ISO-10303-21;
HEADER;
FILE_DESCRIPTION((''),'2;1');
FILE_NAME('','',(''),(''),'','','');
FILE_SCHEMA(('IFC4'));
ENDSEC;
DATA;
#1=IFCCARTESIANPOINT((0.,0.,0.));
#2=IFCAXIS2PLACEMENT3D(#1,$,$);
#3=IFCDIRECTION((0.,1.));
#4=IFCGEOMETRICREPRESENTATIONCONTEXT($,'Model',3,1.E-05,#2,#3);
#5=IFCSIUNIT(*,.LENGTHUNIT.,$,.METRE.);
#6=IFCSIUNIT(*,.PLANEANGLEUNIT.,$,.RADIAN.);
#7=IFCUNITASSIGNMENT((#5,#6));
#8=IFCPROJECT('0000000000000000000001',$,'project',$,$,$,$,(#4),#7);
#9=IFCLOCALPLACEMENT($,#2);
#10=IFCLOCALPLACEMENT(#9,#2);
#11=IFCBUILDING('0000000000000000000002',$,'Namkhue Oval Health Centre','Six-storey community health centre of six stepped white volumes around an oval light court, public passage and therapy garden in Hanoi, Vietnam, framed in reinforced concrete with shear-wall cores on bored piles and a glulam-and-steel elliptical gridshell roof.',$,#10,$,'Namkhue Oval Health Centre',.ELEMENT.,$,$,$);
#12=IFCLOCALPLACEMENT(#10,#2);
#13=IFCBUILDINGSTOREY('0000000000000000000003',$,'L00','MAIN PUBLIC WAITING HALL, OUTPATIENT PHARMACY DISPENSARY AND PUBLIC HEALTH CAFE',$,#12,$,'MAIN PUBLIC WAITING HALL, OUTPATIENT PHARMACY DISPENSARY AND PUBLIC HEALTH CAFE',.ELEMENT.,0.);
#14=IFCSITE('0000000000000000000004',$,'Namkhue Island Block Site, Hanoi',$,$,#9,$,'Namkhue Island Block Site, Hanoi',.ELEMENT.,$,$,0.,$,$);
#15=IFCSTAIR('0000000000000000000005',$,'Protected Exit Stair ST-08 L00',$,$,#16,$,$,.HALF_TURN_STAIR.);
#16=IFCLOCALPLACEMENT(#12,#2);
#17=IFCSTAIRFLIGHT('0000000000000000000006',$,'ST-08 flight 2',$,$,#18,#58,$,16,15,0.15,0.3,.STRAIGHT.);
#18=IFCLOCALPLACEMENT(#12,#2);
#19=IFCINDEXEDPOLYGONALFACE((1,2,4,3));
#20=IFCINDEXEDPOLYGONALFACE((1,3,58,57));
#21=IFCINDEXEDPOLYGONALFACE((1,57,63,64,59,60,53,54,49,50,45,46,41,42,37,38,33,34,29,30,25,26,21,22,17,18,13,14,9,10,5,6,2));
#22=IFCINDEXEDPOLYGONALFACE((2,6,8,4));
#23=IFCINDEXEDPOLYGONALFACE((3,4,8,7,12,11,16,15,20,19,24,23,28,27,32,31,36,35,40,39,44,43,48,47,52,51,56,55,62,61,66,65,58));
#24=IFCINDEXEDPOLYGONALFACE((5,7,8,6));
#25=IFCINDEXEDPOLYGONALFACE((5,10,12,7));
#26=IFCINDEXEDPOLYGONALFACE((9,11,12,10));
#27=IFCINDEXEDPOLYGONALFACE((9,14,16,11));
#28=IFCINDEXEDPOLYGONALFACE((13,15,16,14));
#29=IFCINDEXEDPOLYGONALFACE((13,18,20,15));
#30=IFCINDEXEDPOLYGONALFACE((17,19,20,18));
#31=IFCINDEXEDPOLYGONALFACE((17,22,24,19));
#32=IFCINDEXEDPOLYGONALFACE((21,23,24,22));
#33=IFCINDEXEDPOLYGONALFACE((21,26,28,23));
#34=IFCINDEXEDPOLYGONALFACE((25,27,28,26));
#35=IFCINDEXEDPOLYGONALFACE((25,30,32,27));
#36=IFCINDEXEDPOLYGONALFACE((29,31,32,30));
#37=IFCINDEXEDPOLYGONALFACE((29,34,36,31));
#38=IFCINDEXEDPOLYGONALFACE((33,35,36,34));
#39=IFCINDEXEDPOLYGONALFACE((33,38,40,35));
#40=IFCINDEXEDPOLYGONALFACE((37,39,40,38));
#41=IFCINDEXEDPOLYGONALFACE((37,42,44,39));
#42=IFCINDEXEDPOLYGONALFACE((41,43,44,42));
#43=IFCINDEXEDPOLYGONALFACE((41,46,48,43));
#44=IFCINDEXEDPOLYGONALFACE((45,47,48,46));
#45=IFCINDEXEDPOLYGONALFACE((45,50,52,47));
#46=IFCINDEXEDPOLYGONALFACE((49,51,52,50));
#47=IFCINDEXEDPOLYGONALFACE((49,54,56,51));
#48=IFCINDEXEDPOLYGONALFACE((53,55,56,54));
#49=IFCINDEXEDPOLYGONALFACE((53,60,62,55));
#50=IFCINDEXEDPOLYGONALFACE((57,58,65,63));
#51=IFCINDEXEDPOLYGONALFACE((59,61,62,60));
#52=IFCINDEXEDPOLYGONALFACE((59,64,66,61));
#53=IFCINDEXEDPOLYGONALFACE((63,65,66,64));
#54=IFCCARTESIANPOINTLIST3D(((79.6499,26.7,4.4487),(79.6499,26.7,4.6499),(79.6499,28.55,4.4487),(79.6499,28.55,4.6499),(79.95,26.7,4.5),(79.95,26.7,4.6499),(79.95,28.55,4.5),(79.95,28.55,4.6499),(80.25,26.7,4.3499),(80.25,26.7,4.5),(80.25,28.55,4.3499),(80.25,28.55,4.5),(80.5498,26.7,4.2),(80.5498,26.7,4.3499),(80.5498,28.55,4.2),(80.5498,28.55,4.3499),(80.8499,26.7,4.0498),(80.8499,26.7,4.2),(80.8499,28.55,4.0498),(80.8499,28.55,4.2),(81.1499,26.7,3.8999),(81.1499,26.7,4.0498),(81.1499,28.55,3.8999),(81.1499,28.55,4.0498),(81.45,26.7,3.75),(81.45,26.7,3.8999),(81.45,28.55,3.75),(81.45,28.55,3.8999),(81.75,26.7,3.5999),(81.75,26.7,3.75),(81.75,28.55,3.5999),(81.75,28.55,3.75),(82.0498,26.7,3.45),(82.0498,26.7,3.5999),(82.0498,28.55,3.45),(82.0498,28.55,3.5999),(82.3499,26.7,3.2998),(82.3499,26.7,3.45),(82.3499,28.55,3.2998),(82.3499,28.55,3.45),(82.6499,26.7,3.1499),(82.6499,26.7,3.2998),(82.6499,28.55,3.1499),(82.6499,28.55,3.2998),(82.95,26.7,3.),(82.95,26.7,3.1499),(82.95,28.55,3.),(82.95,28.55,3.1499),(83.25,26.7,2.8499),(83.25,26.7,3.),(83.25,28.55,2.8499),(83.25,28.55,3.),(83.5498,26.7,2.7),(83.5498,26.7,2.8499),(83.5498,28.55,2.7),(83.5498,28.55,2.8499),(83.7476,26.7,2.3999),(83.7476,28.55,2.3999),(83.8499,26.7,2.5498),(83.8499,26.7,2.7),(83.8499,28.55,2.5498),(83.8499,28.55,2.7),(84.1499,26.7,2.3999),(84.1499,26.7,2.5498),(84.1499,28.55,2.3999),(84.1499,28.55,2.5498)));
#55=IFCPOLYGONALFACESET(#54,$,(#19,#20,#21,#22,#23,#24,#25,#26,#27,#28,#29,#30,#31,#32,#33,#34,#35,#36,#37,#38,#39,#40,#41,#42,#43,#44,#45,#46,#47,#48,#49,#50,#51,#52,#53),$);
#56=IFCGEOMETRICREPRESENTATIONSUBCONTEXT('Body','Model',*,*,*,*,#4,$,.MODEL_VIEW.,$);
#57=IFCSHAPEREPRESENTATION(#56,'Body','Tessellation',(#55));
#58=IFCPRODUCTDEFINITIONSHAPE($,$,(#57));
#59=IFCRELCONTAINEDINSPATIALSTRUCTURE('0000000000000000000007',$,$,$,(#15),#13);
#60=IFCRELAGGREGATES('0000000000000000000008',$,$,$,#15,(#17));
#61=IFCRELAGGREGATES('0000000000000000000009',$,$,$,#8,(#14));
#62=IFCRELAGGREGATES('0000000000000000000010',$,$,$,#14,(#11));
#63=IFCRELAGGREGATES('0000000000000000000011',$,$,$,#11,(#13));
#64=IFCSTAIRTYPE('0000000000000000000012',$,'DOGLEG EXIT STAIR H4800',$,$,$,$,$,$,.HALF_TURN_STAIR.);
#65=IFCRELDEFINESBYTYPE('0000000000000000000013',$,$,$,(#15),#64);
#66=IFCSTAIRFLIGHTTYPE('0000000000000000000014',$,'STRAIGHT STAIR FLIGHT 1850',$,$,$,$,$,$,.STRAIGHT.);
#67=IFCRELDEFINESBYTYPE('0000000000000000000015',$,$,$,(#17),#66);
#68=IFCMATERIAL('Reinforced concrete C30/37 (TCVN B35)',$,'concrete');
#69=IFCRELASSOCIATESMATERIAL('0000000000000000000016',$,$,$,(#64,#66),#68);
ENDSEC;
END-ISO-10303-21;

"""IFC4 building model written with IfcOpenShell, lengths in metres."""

from ifc_helpers import new_model, si_unit, direction, frame, origin, place, context, subcontext, project, spatial, polyline, outline, extrude, material, type_object, element, aggregate, save


model = new_model("IFC4")

# Units and contexts
model_context = context("Model", 3, precision=1e-05, world=origin(), true_north=direction((0.0, 1.0)))
body_context = subcontext(model_context, "Body", "Model", "MODEL_VIEW")
ifc_project = project(units=[si_unit("LENGTHUNIT", "METRE"), si_unit("PLANEANGLEUNIT", "RADIAN")], contexts=[model_context])

# Site, building, storey
site_placement = place(None, origin())
site = spatial("IfcSite", under=ifc_project, at=site_placement, Name="Namkhue Island Block Site, Hanoi", LongName="Namkhue Island Block Site, Hanoi", CompositionType="ELEMENT", RefElevation=0.0)
building_placement = place(site_placement, origin())
building = spatial("IfcBuilding", under=site, at=building_placement, Name="Namkhue Oval Health Centre", Description="Six-storey community health centre of six stepped white volumes around an oval light court, public passage and therapy garden in Hanoi, Vietnam, framed in reinforced concrete with shear-wall cores on bored piles and a glulam-and-steel elliptical gridshell roof.", LongName="Namkhue Oval Health Centre", CompositionType="ELEMENT")
storey_placement = place(building_placement, origin())
storey = spatial("IfcBuildingStorey", under=building, at=storey_placement, Name="L00", Description="MAIN PUBLIC WAITING HALL, OUTPATIENT PHARMACY DISPENSARY AND PUBLIC HEALTH CAFE", LongName="MAIN PUBLIC WAITING HALL, OUTPATIENT PHARMACY DISPENSARY AND PUBLIC HEALTH CAFE", CompositionType="ELEMENT", Elevation=0.0)

# Shared definitions
ifc_material_1 = material(Name="Reinforced concrete C30/37 (TCVN B35)", Category="concrete")

# Stair, stair flight
stair_type = type_object("IfcStairType", Name="DOGLEG EXIT STAIR H4800", PredefinedType="HALF_TURN_STAIR", material=ifc_material_1)
stair_placement = place(storey_placement, origin())
stair = element("IfcStair", 1, at=stair_placement, inside=storey, type_object=stair_type, Name="Protected Exit Stair ST-08 L00", PredefinedType="HALF_TURN_STAIR")
stair_flight_type = type_object("IfcStairFlightType", Name="STRAIGHT STAIR FLIGHT 1850", PredefinedType="STRAIGHT", material=ifc_material_1)
stair_flight_1_placement = place(storey_placement, frame((84.1499, 27.625, 2.3999), z_axis=(0.0, 0.0, 1.0), x_axis=(-1.0, 0.0, 0.0)))
stair_flight_1 = element("IfcStairFlight", 2, at=stair_flight_1_placement, type_object=stair_flight_type, Name="ST-08 flight 2", NumberOfRisers=16, NumberOfTreads=15, PredefinedType="STRAIGHT", RiserHeight=0.15, TreadLength=0.3, context=body_context, shape_type="SweptSolid", body=[
    extrude(outline(polyline([(0.0, 0.0), (0.0, 0.1499), (0.3, 0.1499), (0.3, 0.3), (0.6001, 0.3), (0.6001, 0.45), (0.8999, 0.45), (0.8999, 0.6001), (1.2, 0.6001), (1.2, 0.75), (1.5, 0.75), (1.5, 0.8999), (1.8, 0.8999), (1.8, 1.05), (2.1001, 1.05), (2.1001, 1.2), (2.3999, 1.2), (2.3999, 1.3501), (2.7, 1.3501), (2.7, 1.5), (3.0, 1.5), (3.0, 1.6499), (3.3, 1.6499), (3.3, 1.8), (3.6001, 1.8), (3.6001, 1.95), (3.8999, 1.95), (3.8999, 2.1001), (4.2, 2.1001), (4.2, 2.25), (4.5, 2.25), (4.5, 2.3999), (4.5, 2.0488), (0.4023, 0.0), (0.0, 0.0)])), frame((0.0, 0.925, 0.0), z_axis=(0.0, -1.0, 0.0), x_axis=(1.0, 0.0, 0.0)), (0.0, 0.0, 1.0), 1.8501),
])
aggregate(stair, [stair_flight_1])

save(model, "model.ifc")
